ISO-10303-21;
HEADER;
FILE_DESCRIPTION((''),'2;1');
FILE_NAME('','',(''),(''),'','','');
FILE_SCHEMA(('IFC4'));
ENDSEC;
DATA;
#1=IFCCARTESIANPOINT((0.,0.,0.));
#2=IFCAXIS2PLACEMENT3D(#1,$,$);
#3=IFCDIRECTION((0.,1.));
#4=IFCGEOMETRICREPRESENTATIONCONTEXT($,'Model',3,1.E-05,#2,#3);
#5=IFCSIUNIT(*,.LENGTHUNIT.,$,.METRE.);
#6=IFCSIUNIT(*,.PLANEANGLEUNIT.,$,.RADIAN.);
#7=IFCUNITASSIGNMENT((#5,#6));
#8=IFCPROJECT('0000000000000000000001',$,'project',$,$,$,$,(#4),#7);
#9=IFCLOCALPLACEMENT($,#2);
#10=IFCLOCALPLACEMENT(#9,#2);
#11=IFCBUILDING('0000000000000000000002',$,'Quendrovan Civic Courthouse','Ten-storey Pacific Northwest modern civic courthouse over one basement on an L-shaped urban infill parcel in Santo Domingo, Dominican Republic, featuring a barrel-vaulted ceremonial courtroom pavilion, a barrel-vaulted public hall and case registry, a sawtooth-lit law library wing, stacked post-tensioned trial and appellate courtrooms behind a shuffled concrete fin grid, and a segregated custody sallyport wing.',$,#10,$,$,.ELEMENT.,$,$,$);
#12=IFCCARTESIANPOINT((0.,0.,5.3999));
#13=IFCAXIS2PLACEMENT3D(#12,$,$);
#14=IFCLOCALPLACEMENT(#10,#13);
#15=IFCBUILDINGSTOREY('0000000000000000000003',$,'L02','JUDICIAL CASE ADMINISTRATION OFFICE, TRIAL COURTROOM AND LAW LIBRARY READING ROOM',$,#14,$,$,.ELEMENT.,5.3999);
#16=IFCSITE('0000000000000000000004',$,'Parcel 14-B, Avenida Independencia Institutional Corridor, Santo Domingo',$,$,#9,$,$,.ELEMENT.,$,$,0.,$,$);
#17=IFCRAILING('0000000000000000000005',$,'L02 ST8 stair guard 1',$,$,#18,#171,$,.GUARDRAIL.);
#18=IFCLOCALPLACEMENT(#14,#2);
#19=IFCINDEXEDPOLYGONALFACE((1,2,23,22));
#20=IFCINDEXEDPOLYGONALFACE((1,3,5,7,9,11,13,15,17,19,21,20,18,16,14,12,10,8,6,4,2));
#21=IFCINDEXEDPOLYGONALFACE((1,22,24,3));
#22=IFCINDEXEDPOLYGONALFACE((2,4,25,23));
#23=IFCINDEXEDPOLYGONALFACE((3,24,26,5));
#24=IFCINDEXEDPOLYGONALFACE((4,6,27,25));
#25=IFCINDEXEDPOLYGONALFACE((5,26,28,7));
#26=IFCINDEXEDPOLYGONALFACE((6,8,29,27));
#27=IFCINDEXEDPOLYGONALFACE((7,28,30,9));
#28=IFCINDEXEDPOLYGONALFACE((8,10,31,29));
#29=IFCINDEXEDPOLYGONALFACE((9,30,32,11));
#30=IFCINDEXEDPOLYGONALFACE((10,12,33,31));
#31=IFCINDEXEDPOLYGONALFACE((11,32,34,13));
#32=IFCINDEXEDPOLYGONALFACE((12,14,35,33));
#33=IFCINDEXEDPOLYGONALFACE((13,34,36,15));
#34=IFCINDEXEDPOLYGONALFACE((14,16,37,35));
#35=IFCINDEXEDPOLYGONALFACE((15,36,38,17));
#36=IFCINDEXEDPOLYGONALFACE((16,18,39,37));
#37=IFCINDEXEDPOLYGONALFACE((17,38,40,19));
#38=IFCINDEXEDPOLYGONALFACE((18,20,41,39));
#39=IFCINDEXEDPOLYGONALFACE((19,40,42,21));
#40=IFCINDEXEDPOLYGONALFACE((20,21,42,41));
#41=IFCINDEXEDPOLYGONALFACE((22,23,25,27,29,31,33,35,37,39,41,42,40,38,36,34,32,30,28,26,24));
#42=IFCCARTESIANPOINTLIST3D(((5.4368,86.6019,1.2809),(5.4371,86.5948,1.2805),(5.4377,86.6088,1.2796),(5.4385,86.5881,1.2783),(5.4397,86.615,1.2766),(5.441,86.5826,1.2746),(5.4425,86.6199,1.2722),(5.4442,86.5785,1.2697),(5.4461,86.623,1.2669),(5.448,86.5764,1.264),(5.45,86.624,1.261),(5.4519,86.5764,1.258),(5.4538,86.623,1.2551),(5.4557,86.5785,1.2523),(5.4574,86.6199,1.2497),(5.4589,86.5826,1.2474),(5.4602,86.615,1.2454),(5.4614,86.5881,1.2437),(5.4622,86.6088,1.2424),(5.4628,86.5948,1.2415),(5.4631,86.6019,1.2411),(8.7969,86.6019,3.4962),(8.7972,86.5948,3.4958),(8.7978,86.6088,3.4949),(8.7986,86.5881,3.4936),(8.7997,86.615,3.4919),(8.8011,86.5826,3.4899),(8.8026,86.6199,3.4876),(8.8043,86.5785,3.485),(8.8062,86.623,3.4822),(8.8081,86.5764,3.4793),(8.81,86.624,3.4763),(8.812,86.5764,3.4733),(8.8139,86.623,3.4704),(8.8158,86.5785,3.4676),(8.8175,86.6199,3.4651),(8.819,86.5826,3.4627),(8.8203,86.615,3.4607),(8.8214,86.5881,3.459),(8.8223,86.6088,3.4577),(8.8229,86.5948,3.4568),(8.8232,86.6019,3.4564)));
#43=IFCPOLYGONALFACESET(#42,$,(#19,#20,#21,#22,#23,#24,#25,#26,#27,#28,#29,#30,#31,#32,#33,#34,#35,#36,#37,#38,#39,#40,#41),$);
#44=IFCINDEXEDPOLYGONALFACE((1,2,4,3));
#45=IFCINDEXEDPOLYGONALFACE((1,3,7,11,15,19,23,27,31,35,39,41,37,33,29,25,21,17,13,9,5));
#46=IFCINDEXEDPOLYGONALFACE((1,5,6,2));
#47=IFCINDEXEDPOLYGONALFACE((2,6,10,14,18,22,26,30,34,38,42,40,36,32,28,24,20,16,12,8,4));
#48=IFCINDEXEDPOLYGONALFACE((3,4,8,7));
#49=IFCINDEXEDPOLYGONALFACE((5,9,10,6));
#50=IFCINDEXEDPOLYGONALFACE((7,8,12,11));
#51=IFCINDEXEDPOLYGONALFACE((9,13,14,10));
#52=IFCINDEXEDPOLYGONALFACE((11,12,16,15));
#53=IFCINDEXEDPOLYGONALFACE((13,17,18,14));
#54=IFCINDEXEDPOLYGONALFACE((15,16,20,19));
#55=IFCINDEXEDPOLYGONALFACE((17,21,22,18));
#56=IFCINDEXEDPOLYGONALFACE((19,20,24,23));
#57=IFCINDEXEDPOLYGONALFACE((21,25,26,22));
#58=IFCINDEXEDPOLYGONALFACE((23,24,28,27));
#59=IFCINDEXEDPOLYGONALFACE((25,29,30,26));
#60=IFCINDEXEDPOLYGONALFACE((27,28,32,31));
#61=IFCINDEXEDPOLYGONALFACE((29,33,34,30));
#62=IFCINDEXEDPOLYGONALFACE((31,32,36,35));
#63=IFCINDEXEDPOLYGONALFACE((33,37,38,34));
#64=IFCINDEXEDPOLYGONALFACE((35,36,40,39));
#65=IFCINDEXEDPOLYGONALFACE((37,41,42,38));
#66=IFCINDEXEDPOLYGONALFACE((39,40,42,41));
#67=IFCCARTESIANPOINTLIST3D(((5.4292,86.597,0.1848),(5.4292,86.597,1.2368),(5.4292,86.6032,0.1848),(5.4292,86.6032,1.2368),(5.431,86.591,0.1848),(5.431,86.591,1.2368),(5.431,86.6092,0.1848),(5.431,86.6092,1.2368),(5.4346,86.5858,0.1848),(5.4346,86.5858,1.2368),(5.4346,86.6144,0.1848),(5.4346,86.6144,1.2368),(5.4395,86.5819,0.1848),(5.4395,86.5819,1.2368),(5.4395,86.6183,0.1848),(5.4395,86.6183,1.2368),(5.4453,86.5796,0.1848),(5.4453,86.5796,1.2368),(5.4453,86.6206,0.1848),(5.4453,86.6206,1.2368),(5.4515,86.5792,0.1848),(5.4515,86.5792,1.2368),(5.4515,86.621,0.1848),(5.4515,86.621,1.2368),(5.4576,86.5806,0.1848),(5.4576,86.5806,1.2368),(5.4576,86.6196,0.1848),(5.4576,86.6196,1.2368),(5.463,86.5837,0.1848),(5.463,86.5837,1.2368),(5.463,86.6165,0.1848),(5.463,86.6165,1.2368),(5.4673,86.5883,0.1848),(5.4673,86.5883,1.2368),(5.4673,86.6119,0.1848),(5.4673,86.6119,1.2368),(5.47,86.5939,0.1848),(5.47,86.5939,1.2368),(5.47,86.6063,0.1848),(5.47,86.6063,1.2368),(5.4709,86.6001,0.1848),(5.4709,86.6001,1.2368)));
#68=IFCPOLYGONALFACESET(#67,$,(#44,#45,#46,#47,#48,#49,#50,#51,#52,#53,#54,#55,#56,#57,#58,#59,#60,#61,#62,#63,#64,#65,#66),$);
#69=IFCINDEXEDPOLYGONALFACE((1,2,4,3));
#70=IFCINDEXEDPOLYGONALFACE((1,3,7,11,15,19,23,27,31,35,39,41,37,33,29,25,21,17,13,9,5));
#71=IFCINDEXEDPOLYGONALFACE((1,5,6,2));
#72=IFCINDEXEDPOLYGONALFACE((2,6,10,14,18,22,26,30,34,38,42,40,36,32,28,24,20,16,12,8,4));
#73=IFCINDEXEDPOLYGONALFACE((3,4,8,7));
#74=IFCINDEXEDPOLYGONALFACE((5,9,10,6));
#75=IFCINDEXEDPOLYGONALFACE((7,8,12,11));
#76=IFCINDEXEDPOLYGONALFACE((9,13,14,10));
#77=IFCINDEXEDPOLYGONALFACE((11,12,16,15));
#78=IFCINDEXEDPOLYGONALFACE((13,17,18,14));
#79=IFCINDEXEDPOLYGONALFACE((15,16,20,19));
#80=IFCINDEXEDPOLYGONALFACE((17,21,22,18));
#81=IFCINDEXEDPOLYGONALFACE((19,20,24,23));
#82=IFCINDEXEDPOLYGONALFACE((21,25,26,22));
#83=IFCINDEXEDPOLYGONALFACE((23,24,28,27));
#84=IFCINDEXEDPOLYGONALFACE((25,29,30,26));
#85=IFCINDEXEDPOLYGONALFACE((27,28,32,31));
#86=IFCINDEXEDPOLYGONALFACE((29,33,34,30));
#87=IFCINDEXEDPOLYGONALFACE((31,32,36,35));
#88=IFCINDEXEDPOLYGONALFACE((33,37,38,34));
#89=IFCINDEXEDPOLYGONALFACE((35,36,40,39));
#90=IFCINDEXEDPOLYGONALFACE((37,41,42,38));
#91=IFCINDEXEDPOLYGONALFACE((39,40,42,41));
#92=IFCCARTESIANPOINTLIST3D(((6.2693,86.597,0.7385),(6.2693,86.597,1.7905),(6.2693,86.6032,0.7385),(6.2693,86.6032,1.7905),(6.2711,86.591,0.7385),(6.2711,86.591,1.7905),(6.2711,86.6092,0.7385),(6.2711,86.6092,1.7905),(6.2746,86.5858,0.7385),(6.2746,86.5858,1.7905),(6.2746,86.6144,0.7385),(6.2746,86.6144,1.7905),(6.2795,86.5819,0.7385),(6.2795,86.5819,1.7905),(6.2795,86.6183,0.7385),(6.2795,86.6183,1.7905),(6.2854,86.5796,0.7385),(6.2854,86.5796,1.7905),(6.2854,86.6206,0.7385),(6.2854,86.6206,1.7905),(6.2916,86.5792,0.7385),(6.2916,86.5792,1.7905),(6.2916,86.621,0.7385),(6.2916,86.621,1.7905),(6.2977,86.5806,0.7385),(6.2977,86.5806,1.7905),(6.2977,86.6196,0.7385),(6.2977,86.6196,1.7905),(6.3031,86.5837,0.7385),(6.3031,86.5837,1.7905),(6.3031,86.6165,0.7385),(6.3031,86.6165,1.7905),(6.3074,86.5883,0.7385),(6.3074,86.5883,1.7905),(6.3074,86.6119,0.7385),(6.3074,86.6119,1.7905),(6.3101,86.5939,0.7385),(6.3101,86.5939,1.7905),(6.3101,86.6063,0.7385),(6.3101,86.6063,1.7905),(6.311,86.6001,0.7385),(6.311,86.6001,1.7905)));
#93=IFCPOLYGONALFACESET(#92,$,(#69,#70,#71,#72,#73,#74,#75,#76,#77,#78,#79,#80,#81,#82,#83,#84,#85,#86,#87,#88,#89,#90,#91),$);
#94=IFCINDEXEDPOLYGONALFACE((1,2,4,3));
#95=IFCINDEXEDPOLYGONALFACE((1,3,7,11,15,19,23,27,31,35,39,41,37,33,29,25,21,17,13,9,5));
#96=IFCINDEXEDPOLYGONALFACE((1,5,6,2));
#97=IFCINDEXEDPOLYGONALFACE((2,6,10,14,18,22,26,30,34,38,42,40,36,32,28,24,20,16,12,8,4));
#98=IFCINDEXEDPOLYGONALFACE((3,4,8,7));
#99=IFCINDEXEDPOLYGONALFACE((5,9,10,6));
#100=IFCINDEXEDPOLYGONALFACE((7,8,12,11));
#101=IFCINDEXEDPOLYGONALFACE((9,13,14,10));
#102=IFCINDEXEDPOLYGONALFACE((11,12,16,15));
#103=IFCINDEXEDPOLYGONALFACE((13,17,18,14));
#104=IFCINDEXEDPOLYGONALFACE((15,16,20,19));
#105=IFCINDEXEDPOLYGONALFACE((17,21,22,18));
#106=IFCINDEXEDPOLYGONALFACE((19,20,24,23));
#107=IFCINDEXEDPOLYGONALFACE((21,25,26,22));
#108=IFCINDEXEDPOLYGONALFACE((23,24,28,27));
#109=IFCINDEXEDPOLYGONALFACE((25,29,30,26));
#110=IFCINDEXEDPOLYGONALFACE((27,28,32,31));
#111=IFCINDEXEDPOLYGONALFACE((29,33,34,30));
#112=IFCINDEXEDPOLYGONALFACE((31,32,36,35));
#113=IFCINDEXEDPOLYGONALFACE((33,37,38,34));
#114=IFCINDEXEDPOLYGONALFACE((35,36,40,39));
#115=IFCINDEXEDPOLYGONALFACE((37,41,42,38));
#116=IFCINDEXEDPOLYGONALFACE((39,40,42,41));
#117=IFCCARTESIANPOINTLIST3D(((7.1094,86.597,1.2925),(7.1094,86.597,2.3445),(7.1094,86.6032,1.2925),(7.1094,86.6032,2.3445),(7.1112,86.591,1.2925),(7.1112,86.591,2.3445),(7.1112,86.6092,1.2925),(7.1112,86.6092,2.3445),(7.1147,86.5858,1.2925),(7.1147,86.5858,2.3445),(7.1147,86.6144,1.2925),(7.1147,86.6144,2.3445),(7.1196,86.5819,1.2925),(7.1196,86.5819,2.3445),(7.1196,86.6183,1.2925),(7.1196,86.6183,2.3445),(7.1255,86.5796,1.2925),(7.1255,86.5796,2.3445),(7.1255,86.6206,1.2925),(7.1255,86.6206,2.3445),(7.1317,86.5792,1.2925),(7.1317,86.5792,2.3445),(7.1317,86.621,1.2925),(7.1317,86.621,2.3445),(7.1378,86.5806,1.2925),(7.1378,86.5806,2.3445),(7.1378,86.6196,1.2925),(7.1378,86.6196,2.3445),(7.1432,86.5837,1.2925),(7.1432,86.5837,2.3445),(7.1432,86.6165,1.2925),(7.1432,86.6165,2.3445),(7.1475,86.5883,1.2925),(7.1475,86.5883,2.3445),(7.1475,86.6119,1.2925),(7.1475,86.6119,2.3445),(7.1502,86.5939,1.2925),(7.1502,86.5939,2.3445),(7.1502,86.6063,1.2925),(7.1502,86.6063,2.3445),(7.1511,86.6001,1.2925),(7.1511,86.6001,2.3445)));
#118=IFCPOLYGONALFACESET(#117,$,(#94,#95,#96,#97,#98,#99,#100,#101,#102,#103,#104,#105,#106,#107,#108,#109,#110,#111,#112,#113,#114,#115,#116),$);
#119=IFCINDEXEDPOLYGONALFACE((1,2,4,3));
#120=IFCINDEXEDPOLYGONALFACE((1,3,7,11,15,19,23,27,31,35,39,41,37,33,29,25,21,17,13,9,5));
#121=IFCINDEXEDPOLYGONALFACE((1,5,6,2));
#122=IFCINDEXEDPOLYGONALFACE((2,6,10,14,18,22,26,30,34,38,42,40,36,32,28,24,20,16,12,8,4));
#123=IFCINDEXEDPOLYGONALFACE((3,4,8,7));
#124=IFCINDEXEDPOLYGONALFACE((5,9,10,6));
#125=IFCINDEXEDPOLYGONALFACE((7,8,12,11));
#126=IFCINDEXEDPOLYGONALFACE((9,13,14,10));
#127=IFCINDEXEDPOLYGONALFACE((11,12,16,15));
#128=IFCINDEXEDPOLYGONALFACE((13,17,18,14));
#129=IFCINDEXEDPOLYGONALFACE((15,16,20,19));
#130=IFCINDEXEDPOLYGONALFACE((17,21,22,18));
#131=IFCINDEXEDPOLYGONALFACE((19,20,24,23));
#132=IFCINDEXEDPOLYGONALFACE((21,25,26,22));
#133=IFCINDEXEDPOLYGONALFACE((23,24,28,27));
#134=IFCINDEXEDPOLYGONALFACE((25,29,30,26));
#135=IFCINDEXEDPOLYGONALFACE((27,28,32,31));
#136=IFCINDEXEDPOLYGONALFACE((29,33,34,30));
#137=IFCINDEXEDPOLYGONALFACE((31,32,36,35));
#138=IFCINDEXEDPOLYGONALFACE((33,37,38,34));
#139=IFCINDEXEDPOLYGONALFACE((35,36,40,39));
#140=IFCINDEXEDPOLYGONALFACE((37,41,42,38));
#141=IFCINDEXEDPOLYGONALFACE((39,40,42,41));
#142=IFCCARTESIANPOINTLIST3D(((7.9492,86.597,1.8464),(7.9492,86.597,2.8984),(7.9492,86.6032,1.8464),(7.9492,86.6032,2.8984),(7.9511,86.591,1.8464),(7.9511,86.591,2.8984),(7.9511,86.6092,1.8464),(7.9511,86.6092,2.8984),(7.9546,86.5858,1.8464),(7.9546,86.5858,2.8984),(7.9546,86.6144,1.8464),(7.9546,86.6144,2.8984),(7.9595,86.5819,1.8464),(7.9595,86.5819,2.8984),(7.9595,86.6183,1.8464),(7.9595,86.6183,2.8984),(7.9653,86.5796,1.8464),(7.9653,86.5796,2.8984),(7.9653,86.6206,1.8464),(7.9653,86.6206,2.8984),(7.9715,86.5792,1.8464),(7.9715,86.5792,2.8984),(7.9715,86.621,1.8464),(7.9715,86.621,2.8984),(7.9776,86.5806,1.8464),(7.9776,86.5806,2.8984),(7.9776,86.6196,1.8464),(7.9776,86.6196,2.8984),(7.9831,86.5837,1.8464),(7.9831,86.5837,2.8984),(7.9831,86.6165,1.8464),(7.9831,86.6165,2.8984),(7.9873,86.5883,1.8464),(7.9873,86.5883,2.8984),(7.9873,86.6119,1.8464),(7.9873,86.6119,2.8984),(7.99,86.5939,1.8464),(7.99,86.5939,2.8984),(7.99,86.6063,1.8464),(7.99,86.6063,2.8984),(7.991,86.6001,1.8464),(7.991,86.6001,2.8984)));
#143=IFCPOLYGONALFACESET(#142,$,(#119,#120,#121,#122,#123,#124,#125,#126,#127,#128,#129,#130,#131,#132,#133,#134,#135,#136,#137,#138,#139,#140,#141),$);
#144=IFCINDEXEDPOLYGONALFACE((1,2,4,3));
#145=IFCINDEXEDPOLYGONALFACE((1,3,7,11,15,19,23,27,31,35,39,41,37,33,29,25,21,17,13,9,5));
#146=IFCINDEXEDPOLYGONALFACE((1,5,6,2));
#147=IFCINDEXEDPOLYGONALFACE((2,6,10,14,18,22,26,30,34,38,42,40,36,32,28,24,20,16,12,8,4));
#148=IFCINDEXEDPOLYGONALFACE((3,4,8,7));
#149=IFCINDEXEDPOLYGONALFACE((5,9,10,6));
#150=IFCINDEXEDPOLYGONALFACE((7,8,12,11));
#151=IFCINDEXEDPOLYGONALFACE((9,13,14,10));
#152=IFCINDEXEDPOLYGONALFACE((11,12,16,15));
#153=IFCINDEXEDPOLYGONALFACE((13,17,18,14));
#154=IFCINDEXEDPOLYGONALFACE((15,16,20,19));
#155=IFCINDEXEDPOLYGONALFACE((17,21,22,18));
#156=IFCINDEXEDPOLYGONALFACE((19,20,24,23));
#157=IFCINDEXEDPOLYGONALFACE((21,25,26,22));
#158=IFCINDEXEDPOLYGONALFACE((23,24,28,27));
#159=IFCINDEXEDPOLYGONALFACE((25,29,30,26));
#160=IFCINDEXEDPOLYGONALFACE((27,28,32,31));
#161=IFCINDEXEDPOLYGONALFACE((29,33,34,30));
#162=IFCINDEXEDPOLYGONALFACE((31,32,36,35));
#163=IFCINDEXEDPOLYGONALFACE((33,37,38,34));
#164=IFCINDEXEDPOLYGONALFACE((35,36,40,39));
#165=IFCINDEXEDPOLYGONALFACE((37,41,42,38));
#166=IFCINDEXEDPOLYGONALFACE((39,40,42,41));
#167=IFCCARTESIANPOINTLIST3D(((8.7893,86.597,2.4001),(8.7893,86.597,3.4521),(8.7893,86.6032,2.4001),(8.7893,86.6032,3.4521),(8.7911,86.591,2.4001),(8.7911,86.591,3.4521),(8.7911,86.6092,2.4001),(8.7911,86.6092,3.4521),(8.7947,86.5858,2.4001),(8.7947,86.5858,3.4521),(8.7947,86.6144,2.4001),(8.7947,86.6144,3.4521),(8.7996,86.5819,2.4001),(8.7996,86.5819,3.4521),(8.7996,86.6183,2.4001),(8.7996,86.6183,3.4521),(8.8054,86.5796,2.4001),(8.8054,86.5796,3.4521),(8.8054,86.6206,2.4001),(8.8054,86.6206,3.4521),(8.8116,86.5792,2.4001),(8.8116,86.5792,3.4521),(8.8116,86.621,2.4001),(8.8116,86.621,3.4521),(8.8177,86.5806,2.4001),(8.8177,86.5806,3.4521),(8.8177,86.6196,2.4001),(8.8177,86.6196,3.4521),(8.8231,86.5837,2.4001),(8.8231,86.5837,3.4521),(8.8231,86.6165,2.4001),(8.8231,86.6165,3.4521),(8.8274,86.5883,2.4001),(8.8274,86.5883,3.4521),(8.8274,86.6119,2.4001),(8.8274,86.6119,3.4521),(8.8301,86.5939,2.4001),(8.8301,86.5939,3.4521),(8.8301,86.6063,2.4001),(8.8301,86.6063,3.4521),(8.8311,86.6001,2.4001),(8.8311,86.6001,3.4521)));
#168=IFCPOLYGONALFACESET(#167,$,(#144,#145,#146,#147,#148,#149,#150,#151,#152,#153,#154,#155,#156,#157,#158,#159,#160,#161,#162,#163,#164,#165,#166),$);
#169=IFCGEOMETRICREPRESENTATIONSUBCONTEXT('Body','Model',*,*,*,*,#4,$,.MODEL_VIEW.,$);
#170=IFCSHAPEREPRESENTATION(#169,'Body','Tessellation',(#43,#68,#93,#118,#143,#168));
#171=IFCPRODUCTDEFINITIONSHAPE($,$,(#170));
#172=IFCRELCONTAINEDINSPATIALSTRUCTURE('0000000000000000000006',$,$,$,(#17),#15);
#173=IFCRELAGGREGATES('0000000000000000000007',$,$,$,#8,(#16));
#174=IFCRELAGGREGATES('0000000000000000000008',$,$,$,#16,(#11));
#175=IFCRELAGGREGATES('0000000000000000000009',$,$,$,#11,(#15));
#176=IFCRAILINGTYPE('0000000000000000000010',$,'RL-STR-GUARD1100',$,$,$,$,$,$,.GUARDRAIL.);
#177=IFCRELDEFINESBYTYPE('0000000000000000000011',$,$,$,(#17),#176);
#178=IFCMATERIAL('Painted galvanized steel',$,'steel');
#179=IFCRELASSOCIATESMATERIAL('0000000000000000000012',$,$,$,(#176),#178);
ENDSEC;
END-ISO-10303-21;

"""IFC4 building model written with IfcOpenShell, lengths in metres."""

from ifc_helpers import new_model, si_unit, direction, frame, origin, origin_2d, place, context, subcontext, project, spatial, circle, extrude, material, type_object, element, save


model = new_model("IFC4")

# Units and contexts
model_context = context("Model", 3, precision=1e-05, world=origin(), true_north=direction((0.0, 1.0)))
body_context = subcontext(model_context, "Body", "Model", "MODEL_VIEW")
ifc_project = project(units=[si_unit("LENGTHUNIT", "METRE"), si_unit("PLANEANGLEUNIT", "RADIAN")], contexts=[model_context])

# Site, building, storey
site_placement = place(None, origin())
site = spatial("IfcSite", under=ifc_project, at=site_placement, Name="Parcel 14-B, Avenida Independencia Institutional Corridor, Santo Domingo", CompositionType="ELEMENT", RefElevation=0.0)
building_placement = place(site_placement, origin())
building = spatial("IfcBuilding", under=site, at=building_placement, Name="Quendrovan Civic Courthouse", Description="Ten-storey Pacific Northwest modern civic courthouse over one basement on an L-shaped urban infill parcel in Santo Domingo, Dominican Republic, featuring a barrel-vaulted ceremonial courtroom pavilion, a barrel-vaulted public hall and case registry, a sawtooth-lit law library wing, stacked post-tensioned trial and appellate courtrooms behind a shuffled concrete fin grid, and a segregated custody sallyport wing.", CompositionType="ELEMENT")
storey_placement = place(building_placement, frame((0.0, 0.0, 5.3999)))
storey = spatial("IfcBuildingStorey", under=building, at=storey_placement, Name="L02", Description="JUDICIAL CASE ADMINISTRATION OFFICE, TRIAL COURTROOM AND LAW LIBRARY READING ROOM", CompositionType="ELEMENT", Elevation=5.3999)

# Railing
ifc_material_1 = material(Name="Painted galvanized steel", Category="steel")
railing_type_1 = type_object("IfcRailingType", Name="RL-STR-GUARD1100", PredefinedType="GUARDRAIL", material=ifc_material_1)
railing_1_placement = place(storey_placement, frame((5.45, 86.6001, 0.1848)))
element("IfcRailing", 1, at=railing_1_placement, inside=storey, type_object=railing_type_1, Name="L02 ST8 stair guard 1", PredefinedType="GUARDRAIL", context=body_context, shape_type="SweptSolid", body=[
    extrude(circle(Radius=0.0239, at=origin_2d()), frame((0.0, 0.0, 1.0762), z_axis=(0.834876, 0.0, 0.550437), x_axis=(0.0, 1.0, 0.0)), (0.0, 0.0, 1.0), 4.0247),
    extrude(circle(Radius=0.021, at=origin_2d()), origin(), (0.0, 0.0, 1.0), 1.052),
    extrude(circle(Radius=0.021, at=origin_2d()), frame((0.8401, 0.0, 0.5537)), (0.0, 0.0, 1.0), 1.052),
    extrude(circle(Radius=0.021, at=origin_2d()), frame((1.6802, 0.0, 1.1077)), (0.0, 0.0, 1.0), 1.052),
    extrude(circle(Radius=0.021, at=origin_2d()), frame((2.52, 0.0, 1.6616)), (0.0, 0.0, 1.0), 1.052),
    extrude(circle(Radius=0.021, at=origin_2d()), frame((3.3601, 0.0, 2.2153)), (0.0, 0.0, 1.0), 1.052),
])

save(model, "model.ifc")
